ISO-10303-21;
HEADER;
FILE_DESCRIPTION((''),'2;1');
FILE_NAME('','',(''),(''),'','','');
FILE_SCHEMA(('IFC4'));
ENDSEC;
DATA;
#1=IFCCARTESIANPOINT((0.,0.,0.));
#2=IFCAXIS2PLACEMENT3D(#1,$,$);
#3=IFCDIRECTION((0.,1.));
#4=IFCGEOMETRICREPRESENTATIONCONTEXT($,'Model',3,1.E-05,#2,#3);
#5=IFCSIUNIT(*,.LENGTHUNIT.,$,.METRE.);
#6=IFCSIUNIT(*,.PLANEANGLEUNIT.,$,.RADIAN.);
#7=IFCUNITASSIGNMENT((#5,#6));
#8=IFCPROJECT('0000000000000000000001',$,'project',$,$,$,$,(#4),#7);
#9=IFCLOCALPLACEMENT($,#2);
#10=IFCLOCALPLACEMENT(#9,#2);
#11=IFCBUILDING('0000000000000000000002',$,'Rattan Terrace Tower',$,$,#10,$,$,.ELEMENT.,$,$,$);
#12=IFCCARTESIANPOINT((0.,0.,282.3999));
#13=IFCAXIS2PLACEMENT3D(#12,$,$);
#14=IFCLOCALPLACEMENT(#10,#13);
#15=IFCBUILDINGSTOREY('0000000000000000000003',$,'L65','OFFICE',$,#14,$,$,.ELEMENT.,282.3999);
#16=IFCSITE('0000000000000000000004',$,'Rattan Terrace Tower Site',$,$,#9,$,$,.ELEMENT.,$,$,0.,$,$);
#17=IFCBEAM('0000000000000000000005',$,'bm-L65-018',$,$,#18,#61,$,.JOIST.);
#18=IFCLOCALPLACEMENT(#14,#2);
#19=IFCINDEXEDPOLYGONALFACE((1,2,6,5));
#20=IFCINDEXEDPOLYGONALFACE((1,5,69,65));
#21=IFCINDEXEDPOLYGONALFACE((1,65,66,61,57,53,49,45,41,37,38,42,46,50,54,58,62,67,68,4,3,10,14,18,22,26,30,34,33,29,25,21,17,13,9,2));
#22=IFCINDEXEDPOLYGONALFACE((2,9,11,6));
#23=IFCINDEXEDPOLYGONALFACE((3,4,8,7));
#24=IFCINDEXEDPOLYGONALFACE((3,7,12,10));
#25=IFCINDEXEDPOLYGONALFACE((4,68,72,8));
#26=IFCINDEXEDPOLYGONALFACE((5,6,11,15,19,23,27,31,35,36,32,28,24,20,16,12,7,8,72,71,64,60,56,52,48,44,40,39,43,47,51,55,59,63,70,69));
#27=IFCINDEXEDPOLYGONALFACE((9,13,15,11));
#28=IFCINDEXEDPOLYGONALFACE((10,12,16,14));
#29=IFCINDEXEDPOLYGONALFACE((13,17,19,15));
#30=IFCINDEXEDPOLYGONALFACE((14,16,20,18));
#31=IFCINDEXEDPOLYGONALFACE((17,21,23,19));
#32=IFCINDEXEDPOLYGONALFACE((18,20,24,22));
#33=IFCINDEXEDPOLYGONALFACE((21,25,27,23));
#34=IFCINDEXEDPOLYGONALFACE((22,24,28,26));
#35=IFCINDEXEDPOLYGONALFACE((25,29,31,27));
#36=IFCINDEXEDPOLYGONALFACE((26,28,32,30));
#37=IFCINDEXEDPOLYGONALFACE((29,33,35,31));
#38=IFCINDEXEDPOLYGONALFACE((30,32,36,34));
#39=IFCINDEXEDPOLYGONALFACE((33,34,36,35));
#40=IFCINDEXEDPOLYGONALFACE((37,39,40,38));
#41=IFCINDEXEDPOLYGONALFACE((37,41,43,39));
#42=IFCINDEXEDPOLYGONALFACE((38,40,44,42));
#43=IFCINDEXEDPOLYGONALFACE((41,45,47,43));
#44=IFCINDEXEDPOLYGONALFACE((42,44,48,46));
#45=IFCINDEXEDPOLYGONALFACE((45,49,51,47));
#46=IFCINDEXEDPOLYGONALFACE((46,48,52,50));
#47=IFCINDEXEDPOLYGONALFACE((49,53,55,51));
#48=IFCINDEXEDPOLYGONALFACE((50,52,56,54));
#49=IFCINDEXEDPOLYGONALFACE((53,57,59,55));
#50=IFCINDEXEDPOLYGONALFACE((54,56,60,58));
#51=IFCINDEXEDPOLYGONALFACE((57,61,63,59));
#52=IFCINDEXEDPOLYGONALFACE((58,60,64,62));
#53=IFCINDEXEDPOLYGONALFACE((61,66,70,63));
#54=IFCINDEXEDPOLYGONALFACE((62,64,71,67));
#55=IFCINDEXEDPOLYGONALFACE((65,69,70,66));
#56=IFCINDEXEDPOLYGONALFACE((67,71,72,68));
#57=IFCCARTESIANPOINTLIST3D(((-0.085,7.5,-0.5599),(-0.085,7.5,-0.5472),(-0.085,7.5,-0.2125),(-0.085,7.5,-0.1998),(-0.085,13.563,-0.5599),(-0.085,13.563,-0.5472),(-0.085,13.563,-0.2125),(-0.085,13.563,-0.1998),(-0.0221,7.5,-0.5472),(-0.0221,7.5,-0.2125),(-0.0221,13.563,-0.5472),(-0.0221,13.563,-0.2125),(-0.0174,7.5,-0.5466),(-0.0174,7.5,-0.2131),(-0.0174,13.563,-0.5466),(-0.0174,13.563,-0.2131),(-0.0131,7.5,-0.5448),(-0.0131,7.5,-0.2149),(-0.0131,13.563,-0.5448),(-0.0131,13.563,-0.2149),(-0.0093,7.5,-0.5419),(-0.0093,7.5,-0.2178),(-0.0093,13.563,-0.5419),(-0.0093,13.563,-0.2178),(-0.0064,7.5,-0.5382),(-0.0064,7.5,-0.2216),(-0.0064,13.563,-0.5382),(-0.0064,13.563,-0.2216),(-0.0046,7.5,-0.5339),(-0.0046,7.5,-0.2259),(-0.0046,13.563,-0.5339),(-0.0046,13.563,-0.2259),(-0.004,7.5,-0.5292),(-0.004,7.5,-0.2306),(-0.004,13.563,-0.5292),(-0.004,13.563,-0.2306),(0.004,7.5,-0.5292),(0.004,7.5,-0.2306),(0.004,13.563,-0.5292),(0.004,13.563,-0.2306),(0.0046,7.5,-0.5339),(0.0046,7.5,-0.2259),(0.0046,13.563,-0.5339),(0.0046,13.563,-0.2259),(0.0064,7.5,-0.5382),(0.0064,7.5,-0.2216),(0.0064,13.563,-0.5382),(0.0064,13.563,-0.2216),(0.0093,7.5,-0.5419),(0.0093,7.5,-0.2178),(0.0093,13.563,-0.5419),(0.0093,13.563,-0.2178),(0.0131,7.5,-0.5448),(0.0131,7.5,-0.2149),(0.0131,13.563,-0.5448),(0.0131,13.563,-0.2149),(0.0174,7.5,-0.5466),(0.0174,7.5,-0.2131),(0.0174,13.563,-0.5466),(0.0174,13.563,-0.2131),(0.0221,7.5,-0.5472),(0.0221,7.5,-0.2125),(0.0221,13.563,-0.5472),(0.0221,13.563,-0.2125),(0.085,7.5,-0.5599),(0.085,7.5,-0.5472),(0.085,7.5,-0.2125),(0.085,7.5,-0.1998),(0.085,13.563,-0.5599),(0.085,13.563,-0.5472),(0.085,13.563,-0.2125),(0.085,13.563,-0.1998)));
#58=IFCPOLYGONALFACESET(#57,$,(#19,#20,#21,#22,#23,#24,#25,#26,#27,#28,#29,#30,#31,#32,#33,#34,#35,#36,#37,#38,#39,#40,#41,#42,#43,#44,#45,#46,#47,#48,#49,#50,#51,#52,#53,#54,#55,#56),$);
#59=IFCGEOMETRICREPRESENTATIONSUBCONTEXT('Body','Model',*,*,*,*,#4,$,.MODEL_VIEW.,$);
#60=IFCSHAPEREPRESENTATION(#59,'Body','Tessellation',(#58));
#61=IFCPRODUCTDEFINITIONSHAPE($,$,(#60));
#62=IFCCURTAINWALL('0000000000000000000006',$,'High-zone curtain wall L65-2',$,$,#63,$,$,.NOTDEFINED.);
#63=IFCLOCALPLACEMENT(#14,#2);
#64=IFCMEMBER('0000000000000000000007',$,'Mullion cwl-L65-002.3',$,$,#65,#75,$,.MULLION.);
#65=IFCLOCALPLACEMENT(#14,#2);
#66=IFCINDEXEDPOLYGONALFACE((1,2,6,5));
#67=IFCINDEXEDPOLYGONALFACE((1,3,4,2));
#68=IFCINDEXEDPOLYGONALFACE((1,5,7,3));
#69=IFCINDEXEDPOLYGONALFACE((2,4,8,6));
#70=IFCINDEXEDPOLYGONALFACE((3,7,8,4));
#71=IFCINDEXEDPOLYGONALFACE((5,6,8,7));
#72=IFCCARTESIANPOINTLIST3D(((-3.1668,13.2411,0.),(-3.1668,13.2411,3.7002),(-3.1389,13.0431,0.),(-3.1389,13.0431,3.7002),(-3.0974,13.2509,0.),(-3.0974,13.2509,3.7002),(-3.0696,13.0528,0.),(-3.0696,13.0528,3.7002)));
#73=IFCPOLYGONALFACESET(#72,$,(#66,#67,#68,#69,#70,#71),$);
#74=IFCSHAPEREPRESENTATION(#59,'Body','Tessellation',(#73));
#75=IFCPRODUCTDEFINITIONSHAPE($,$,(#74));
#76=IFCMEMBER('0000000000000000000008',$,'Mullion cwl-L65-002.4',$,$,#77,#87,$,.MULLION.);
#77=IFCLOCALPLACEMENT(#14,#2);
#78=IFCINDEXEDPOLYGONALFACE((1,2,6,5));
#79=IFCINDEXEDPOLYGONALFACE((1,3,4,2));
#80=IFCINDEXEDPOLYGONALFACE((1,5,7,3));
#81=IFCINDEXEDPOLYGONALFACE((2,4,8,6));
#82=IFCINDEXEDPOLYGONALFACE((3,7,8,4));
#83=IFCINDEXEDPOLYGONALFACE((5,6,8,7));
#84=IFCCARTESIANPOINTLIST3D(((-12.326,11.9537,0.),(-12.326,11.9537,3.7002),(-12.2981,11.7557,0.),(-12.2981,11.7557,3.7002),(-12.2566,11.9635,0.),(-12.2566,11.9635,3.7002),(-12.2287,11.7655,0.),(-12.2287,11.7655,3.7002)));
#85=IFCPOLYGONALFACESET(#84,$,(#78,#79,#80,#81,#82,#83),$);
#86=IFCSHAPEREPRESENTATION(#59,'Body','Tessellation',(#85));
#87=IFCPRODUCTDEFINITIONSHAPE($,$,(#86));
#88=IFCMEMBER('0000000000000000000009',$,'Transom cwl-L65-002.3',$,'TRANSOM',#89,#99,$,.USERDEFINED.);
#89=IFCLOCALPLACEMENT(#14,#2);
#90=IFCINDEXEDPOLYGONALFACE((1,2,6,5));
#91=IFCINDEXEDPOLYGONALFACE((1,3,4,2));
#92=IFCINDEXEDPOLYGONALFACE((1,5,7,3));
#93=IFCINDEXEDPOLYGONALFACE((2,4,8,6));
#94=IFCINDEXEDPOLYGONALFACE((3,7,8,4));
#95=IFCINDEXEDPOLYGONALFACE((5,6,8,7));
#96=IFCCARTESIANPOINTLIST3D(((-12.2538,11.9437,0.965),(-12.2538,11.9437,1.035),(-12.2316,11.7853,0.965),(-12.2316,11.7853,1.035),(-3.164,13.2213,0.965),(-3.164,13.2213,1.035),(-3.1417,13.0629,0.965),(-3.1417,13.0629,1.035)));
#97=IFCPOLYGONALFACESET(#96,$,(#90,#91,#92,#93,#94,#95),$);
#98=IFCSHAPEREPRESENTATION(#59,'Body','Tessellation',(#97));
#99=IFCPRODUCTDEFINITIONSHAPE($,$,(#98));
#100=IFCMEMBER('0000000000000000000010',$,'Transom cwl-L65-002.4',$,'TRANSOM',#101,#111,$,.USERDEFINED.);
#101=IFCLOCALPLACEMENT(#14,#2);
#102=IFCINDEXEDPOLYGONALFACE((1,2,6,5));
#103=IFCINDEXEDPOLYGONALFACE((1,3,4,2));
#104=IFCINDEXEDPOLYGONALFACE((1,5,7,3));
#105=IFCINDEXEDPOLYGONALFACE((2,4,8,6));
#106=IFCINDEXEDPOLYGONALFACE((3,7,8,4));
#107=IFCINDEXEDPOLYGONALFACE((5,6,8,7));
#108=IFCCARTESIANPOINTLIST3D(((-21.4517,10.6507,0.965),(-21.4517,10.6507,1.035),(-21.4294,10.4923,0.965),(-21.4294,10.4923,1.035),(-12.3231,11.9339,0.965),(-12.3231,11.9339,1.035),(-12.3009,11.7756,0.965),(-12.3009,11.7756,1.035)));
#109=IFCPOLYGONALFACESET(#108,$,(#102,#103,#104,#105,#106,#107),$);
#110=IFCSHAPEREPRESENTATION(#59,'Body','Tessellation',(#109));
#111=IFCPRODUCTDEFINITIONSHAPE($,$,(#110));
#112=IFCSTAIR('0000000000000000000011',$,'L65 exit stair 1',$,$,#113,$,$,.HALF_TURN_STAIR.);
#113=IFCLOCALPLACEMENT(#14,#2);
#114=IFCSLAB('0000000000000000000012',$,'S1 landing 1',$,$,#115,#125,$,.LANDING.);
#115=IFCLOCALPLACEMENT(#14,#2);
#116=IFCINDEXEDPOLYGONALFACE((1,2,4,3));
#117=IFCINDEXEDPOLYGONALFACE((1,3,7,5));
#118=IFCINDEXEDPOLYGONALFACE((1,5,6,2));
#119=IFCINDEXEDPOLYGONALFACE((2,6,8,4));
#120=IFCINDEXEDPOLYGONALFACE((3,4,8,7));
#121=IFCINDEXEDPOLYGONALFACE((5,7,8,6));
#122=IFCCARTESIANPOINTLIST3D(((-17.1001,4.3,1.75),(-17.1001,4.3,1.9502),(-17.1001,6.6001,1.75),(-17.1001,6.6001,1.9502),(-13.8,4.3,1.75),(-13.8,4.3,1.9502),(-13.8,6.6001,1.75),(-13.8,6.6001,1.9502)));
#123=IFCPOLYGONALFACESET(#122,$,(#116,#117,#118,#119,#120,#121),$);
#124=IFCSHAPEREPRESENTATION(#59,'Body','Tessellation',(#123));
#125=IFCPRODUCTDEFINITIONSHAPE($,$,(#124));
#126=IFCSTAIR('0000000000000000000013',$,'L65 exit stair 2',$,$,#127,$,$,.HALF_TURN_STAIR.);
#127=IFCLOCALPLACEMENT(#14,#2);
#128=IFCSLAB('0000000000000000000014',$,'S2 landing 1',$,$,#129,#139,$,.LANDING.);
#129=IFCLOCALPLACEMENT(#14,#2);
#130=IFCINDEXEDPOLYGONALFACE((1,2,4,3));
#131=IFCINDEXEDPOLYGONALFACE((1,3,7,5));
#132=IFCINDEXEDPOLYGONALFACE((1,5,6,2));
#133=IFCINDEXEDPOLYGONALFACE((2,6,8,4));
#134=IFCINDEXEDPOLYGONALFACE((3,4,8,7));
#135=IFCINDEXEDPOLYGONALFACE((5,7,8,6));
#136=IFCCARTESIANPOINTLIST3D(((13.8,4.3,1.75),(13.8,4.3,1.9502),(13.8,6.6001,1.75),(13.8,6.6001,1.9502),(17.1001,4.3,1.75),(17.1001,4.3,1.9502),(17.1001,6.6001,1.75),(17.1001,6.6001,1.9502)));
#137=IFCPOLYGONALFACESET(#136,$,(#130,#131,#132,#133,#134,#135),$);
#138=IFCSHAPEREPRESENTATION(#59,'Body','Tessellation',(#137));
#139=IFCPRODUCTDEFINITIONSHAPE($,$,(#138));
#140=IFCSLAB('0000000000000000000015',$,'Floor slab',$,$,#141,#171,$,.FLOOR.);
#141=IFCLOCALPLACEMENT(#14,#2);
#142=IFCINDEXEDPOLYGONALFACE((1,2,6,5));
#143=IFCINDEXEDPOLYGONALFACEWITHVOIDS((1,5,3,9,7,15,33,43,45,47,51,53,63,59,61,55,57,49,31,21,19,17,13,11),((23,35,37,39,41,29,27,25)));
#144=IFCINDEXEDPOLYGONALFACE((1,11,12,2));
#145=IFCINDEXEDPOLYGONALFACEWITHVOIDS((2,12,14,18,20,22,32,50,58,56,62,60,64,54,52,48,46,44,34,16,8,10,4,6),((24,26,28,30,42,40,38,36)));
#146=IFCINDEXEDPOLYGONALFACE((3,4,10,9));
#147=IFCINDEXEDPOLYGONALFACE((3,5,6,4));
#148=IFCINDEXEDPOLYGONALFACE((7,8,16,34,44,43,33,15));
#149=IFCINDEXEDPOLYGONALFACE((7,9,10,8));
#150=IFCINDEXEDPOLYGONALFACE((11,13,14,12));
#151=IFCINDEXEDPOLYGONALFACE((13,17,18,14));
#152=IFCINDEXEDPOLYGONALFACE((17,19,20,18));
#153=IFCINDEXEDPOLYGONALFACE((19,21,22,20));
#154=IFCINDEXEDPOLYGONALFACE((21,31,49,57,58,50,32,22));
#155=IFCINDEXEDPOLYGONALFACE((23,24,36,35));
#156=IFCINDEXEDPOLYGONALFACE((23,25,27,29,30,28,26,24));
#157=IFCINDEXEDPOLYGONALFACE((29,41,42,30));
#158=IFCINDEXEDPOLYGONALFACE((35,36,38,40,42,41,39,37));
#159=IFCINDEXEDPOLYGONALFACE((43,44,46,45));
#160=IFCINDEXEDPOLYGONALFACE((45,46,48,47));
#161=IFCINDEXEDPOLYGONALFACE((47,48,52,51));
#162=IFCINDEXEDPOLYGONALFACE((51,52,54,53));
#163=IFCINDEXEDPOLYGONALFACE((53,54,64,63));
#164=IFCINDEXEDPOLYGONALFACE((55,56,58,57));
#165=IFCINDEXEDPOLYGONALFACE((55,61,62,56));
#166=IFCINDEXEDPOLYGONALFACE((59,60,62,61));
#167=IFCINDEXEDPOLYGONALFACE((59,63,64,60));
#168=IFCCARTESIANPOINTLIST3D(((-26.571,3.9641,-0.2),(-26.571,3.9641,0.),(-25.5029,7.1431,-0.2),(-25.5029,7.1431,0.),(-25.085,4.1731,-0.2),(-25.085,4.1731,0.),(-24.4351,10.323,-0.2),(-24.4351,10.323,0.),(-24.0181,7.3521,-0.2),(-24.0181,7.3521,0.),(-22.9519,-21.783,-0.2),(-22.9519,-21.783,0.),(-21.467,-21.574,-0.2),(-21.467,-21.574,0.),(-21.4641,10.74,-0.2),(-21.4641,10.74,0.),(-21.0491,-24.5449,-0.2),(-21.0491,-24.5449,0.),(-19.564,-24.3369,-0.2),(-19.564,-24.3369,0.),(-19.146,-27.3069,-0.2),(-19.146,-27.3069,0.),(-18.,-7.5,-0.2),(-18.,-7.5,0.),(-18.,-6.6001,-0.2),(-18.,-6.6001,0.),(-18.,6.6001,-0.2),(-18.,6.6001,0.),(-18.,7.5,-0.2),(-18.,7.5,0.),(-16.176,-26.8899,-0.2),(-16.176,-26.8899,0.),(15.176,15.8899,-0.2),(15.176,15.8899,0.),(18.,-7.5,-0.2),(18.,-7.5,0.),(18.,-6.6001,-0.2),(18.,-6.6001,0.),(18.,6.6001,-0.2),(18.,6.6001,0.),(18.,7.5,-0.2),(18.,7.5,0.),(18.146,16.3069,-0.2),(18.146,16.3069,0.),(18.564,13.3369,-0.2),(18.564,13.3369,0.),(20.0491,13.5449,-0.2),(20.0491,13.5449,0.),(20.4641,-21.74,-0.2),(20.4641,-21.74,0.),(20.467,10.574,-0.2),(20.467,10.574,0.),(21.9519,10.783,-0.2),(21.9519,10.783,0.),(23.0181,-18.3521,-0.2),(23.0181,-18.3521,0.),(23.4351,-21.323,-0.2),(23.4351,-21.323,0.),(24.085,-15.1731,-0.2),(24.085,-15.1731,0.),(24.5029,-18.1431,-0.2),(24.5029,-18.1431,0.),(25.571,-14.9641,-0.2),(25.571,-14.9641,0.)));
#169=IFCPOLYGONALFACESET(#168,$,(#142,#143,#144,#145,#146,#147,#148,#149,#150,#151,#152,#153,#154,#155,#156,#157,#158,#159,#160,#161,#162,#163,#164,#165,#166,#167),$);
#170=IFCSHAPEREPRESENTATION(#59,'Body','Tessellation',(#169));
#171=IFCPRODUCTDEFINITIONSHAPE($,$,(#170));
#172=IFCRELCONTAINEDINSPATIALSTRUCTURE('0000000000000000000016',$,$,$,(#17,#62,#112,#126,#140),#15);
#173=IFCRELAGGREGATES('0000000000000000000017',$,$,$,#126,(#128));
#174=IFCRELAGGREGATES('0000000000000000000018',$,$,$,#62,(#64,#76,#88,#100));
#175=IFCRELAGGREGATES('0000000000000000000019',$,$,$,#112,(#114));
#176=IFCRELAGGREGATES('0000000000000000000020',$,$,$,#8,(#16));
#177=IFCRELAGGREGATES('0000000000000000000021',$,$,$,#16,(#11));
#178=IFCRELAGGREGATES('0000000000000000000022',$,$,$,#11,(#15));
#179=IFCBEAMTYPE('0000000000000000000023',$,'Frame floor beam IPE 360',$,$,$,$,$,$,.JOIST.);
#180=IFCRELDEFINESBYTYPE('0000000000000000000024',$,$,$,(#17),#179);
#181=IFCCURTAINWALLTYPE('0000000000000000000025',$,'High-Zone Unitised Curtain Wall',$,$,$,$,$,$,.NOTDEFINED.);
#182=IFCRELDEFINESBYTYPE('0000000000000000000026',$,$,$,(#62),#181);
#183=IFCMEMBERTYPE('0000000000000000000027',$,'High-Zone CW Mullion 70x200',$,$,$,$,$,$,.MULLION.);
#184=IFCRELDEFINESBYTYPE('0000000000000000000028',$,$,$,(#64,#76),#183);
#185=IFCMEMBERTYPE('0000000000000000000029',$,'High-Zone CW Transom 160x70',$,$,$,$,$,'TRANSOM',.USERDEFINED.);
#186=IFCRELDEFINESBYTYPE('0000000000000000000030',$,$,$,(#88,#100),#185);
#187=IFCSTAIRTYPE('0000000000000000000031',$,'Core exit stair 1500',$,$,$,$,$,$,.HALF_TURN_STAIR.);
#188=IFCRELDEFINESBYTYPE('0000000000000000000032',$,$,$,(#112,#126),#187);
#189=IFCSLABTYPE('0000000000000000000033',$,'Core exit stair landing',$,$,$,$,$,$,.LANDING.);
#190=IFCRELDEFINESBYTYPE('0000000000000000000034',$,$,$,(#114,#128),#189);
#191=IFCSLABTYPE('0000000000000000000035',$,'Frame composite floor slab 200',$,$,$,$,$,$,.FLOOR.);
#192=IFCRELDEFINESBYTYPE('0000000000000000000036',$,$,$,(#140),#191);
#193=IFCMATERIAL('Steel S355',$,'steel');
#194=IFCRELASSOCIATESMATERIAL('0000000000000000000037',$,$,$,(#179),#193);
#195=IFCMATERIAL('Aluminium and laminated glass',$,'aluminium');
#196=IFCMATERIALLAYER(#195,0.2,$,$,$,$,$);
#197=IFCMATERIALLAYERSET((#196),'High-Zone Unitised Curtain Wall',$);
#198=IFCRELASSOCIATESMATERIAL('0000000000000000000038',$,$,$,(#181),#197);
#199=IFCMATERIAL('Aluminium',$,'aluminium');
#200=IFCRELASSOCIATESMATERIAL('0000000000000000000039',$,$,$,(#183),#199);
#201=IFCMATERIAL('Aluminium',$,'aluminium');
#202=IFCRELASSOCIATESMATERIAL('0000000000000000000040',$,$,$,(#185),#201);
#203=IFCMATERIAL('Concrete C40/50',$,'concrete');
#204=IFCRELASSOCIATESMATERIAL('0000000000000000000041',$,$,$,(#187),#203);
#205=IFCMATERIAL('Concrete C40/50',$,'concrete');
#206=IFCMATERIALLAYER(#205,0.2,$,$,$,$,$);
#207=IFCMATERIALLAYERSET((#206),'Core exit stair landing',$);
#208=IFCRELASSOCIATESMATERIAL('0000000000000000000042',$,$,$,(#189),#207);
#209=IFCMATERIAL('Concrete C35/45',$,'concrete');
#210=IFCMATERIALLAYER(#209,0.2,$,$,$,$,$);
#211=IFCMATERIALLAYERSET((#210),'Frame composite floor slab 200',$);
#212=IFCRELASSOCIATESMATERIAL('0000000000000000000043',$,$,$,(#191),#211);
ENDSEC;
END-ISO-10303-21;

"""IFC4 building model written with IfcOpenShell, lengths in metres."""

from ifc_helpers import new_model, si_unit, direction, frame, origin, origin_2d, place, context, subcontext, project, spatial, polyline, rectangle, i_section, outline, extrude, material, layer, layer_set, material_profile, profile_set, type_object, element, aggregate, save


model = new_model("IFC4")

# Units and contexts
model_context = context("Model", 3, precision=1e-05, world=origin(), true_north=direction((0.0, 1.0)))
body_context = subcontext(model_context, "Body", "Model", "MODEL_VIEW")
ifc_project = project(units=[si_unit("LENGTHUNIT", "METRE"), si_unit("PLANEANGLEUNIT", "RADIAN")], contexts=[model_context])

# Site, building, storey
site_placement = place(None, origin())
site = spatial("IfcSite", under=ifc_project, at=site_placement, Name="Rattan Terrace Tower Site", CompositionType="ELEMENT", RefElevation=0.0)
building_placement = place(site_placement, origin())
building = spatial("IfcBuilding", under=site, at=building_placement, Name="Rattan Terrace Tower", CompositionType="ELEMENT")
storey_placement = place(building_placement, frame((0.0, 0.0, 282.3999)))
storey = spatial("IfcBuildingStorey", under=building, at=storey_placement, Name="L65", Description="OFFICE", CompositionType="ELEMENT", Elevation=282.3999)

# Beam
ifc_material_1 = material(Name="Steel S355", Category="steel")
ifc_material_profile_1 = material_profile(ifc_material_1, i_section(OverallWidth=0.1699, OverallDepth=0.3601, WebThickness=0.0081, FlangeThickness=0.0127, FilletRadius=0.0181, at=origin_2d()), Name="IPE 360")
ifc_profile_set_1 = profile_set([ifc_material_profile_1], Name="Steel S355")
beam_type_1 = type_object("IfcBeamType", Name="Frame floor beam IPE 360", PredefinedType="JOIST", material=ifc_profile_set_1)
beam_1_placement = place(storey_placement, frame((0.0, 7.5, -0.3799), z_axis=(0.0, 1.0, 0.0), x_axis=(-1.0, 0.0, 0.0)))
element("IfcBeam", 1, at=beam_1_placement, inside=storey, type_object=beam_type_1, Name="bm-L65-018", PredefinedType="JOIST", context=body_context, shape_type="SweptSolid", body=[
    extrude(i_section(OverallWidth=0.1699, OverallDepth=0.3601, WebThickness=0.0081, FlangeThickness=0.0127, FilletRadius=0.0181, at=origin_2d()), origin(), (0.0, 0.0, 1.0), 6.063),
])

# Curtain wall, members
ifc_material_2 = material(Name="Aluminium and laminated glass", Category="aluminium")
ifc_layer_1 = layer(ifc_material_2, 0.2)
ifc_layer_set_1 = layer_set([ifc_layer_1], Name="High-Zone Unitised Curtain Wall")
curtain_wall_type = type_object("IfcCurtainWallType", Name="High-Zone Unitised Curtain Wall", PredefinedType="NOTDEFINED", material=ifc_layer_set_1)
curtain_wall_placement = place(storey_placement, origin())
curtain_wall = element("IfcCurtainWall", 2, at=curtain_wall_placement, inside=storey, type_object=curtain_wall_type, Name="High-zone curtain wall L65-2", PredefinedType="NOTDEFINED")
ifc_material_3 = material(Name="Aluminium", Category="aluminium")
ifc_material_profile_2 = material_profile(ifc_material_3, rectangle(XDim=0.0701, YDim=0.2, at=origin_2d()), Name="Aluminium 70x200")
ifc_profile_set_2 = profile_set([ifc_material_profile_2], Name="Aluminium")
member_type_1 = type_object("IfcMemberType", Name="High-Zone CW Mullion 70x200", PredefinedType="MULLION", material=ifc_profile_set_2)
member_1_placement = place(storey_placement, frame((-3.1182, 13.147, 0.0), z_axis=(0.0, 0.0, 1.0), x_axis=(-0.990266, -0.139189, 0.0)))
member_1 = element("IfcMember", 3, at=member_1_placement, type_object=member_type_1, Name="Mullion cwl-L65-002.3", PredefinedType="MULLION", context=body_context, shape_type="SweptSolid", body=[
    extrude(rectangle(XDim=0.0701, YDim=0.2, at=origin_2d()), origin(), (0.0, 0.0, 1.0), 3.7002),
])
member_2_placement = place(storey_placement, frame((-12.2773, 11.8596, 0.0), z_axis=(0.0, 0.0, 1.0), x_axis=(-0.990266, -0.139189, 0.0)))
member_2 = element("IfcMember", 4, at=member_2_placement, type_object=member_type_1, Name="Mullion cwl-L65-002.4", PredefinedType="MULLION", context=body_context, shape_type="SweptSolid", body=[
    extrude(rectangle(XDim=0.0701, YDim=0.2, at=origin_2d()), origin(), (0.0, 0.0, 1.0), 3.7002),
])
ifc_material_4 = material(Name="Aluminium", Category="aluminium")
ifc_material_profile_3 = material_profile(ifc_material_4, rectangle(XDim=0.1599, YDim=0.0701, at=origin_2d()), Name="Aluminium 160x70")
ifc_profile_set_3 = profile_set([ifc_material_profile_3], Name="Aluminium")
member_type_2 = type_object("IfcMemberType", Name="High-Zone CW Transom 160x70", ElementType="TRANSOM", PredefinedType="USERDEFINED", material=ifc_profile_set_3)
member_3_placement = place(storey_placement, frame((-3.1528, 13.1421, 1.0), z_axis=(-0.990267, -0.139183, 0.0), x_axis=(0.139183, -0.990267, 0.0)))
member_3 = element("IfcMember", 5, at=member_3_placement, type_object=member_type_2, Name="Transom cwl-L65-002.3", ObjectType="TRANSOM", PredefinedType="USERDEFINED", context=body_context, shape_type="SweptSolid", body=[
    extrude(rectangle(XDim=0.1599, YDim=0.0701, at=origin_2d()), origin(), (0.0, 0.0, 1.0), 9.1792),
])
member_4_placement = place(storey_placement, frame((-12.312, 11.8547, 1.0), z_axis=(-0.990264, -0.139204, 0.0), x_axis=(0.139204, -0.990264, 0.0)))
member_4 = element("IfcMember", 6, at=member_4_placement, type_object=member_type_2, Name="Transom cwl-L65-002.4", ObjectType="TRANSOM", PredefinedType="USERDEFINED", context=body_context, shape_type="SweptSolid", body=[
    extrude(rectangle(XDim=0.1599, YDim=0.0701, at=origin_2d()), origin(), (0.0, 0.0, 1.0), 9.2183),
])

# Stairs, slabs
ifc_material_5 = material(Name="Concrete C40/50", Category="concrete")
stair_type = type_object("IfcStairType", Name="Core exit stair 1500", PredefinedType="HALF_TURN_STAIR", material=ifc_material_5)
stair_1_placement = place(storey_placement, origin())
stair_1 = element("IfcStair", 7, at=stair_1_placement, inside=storey, type_object=stair_type, Name="L65 exit stair 1", PredefinedType="HALF_TURN_STAIR")
ifc_material_6 = material(Name="Concrete C40/50", Category="concrete")
ifc_layer_2 = layer(ifc_material_6, 0.2)
ifc_layer_set_2 = layer_set([ifc_layer_2], Name="Core exit stair landing")
slab_type_1 = type_object("IfcSlabType", Name="Core exit stair landing", PredefinedType="LANDING", material=ifc_layer_set_2)
slab_1_placement = place(storey_placement, frame((0.0, 0.0, 1.75)))
slab_1 = element("IfcSlab", 8, at=slab_1_placement, type_object=slab_type_1, Name="S1 landing 1", PredefinedType="LANDING", context=body_context, shape_type="SweptSolid", body=[
    extrude(outline(polyline([(-13.8, 4.3), (-13.8, 6.6001), (-17.1001, 6.6001), (-17.1001, 4.3), (-13.8, 4.3)])), origin(), (0.0, 0.0, 1.0), 0.2002),
])
stair_2_placement = place(storey_placement, origin())
stair_2 = element("IfcStair", 9, at=stair_2_placement, inside=storey, type_object=stair_type, Name="L65 exit stair 2", PredefinedType="HALF_TURN_STAIR")
slab_2_placement = place(storey_placement, frame((0.0, 0.0, 1.75)))
slab_2 = element("IfcSlab", 10, at=slab_2_placement, type_object=slab_type_1, Name="S2 landing 1", PredefinedType="LANDING", context=body_context, shape_type="SweptSolid", body=[
    extrude(outline(polyline([(17.1001, 4.3), (17.1001, 6.6001), (13.8, 6.6001), (13.8, 4.3), (17.1001, 4.3)])), origin(), (0.0, 0.0, 1.0), 0.2002),
])
aggregate(stair_2, [slab_2])

# Slab
ifc_material_7 = material(Name="Concrete C35/45", Category="concrete")
ifc_layer_3 = layer(ifc_material_7, 0.2)
ifc_layer_set_3 = layer_set([ifc_layer_3], Name="Frame composite floor slab 200")
slab_type_2 = type_object("IfcSlabType", Name="Frame composite floor slab 200", PredefinedType="FLOOR", material=ifc_layer_set_3)
slab_3_placement = place(storey_placement, frame((0.0, 0.0, -0.2)))
element("IfcSlab", 11, at=slab_3_placement, inside=storey, type_object=slab_type_2, Name="Floor slab", PredefinedType="FLOOR", context=body_context, shape_type="SweptSolid", body=[
    extrude(outline(polyline([(-16.176, -26.8899), (20.4641, -21.74), (23.4351, -21.323), (23.0181, -18.3521), (24.5029, -18.1431), (24.085, -15.1731), (25.571, -14.9641), (21.9519, 10.783), (20.467, 10.574), (20.0491, 13.5449), (18.564, 13.3369), (18.146, 16.3069), (15.176, 15.8899), (-21.4641, 10.74), (-24.4351, 10.323), (-24.0181, 7.3521), (-25.5029, 7.1431), (-25.085, 4.1731), (-26.571, 3.9641), (-22.9519, -21.783), (-21.467, -21.574), (-21.0491, -24.5449), (-19.564, -24.3369), (-19.146, -27.3069), (-16.176, -26.8899)]), holes=[polyline([(-18.0, -7.5), (18.0, -7.5), (18.0, -6.6001), (18.0, 6.6001), (18.0, 7.5), (-18.0, 7.5), (-18.0, 6.6001), (-18.0, -6.6001), (-18.0, -7.5)])]), origin(), (0.0, 0.0, 1.0), 0.2),
])

aggregate(curtain_wall, [member_1, member_2, member_3, member_4])

aggregate(stair_1, [slab_1])

save(model, "model.ifc")
